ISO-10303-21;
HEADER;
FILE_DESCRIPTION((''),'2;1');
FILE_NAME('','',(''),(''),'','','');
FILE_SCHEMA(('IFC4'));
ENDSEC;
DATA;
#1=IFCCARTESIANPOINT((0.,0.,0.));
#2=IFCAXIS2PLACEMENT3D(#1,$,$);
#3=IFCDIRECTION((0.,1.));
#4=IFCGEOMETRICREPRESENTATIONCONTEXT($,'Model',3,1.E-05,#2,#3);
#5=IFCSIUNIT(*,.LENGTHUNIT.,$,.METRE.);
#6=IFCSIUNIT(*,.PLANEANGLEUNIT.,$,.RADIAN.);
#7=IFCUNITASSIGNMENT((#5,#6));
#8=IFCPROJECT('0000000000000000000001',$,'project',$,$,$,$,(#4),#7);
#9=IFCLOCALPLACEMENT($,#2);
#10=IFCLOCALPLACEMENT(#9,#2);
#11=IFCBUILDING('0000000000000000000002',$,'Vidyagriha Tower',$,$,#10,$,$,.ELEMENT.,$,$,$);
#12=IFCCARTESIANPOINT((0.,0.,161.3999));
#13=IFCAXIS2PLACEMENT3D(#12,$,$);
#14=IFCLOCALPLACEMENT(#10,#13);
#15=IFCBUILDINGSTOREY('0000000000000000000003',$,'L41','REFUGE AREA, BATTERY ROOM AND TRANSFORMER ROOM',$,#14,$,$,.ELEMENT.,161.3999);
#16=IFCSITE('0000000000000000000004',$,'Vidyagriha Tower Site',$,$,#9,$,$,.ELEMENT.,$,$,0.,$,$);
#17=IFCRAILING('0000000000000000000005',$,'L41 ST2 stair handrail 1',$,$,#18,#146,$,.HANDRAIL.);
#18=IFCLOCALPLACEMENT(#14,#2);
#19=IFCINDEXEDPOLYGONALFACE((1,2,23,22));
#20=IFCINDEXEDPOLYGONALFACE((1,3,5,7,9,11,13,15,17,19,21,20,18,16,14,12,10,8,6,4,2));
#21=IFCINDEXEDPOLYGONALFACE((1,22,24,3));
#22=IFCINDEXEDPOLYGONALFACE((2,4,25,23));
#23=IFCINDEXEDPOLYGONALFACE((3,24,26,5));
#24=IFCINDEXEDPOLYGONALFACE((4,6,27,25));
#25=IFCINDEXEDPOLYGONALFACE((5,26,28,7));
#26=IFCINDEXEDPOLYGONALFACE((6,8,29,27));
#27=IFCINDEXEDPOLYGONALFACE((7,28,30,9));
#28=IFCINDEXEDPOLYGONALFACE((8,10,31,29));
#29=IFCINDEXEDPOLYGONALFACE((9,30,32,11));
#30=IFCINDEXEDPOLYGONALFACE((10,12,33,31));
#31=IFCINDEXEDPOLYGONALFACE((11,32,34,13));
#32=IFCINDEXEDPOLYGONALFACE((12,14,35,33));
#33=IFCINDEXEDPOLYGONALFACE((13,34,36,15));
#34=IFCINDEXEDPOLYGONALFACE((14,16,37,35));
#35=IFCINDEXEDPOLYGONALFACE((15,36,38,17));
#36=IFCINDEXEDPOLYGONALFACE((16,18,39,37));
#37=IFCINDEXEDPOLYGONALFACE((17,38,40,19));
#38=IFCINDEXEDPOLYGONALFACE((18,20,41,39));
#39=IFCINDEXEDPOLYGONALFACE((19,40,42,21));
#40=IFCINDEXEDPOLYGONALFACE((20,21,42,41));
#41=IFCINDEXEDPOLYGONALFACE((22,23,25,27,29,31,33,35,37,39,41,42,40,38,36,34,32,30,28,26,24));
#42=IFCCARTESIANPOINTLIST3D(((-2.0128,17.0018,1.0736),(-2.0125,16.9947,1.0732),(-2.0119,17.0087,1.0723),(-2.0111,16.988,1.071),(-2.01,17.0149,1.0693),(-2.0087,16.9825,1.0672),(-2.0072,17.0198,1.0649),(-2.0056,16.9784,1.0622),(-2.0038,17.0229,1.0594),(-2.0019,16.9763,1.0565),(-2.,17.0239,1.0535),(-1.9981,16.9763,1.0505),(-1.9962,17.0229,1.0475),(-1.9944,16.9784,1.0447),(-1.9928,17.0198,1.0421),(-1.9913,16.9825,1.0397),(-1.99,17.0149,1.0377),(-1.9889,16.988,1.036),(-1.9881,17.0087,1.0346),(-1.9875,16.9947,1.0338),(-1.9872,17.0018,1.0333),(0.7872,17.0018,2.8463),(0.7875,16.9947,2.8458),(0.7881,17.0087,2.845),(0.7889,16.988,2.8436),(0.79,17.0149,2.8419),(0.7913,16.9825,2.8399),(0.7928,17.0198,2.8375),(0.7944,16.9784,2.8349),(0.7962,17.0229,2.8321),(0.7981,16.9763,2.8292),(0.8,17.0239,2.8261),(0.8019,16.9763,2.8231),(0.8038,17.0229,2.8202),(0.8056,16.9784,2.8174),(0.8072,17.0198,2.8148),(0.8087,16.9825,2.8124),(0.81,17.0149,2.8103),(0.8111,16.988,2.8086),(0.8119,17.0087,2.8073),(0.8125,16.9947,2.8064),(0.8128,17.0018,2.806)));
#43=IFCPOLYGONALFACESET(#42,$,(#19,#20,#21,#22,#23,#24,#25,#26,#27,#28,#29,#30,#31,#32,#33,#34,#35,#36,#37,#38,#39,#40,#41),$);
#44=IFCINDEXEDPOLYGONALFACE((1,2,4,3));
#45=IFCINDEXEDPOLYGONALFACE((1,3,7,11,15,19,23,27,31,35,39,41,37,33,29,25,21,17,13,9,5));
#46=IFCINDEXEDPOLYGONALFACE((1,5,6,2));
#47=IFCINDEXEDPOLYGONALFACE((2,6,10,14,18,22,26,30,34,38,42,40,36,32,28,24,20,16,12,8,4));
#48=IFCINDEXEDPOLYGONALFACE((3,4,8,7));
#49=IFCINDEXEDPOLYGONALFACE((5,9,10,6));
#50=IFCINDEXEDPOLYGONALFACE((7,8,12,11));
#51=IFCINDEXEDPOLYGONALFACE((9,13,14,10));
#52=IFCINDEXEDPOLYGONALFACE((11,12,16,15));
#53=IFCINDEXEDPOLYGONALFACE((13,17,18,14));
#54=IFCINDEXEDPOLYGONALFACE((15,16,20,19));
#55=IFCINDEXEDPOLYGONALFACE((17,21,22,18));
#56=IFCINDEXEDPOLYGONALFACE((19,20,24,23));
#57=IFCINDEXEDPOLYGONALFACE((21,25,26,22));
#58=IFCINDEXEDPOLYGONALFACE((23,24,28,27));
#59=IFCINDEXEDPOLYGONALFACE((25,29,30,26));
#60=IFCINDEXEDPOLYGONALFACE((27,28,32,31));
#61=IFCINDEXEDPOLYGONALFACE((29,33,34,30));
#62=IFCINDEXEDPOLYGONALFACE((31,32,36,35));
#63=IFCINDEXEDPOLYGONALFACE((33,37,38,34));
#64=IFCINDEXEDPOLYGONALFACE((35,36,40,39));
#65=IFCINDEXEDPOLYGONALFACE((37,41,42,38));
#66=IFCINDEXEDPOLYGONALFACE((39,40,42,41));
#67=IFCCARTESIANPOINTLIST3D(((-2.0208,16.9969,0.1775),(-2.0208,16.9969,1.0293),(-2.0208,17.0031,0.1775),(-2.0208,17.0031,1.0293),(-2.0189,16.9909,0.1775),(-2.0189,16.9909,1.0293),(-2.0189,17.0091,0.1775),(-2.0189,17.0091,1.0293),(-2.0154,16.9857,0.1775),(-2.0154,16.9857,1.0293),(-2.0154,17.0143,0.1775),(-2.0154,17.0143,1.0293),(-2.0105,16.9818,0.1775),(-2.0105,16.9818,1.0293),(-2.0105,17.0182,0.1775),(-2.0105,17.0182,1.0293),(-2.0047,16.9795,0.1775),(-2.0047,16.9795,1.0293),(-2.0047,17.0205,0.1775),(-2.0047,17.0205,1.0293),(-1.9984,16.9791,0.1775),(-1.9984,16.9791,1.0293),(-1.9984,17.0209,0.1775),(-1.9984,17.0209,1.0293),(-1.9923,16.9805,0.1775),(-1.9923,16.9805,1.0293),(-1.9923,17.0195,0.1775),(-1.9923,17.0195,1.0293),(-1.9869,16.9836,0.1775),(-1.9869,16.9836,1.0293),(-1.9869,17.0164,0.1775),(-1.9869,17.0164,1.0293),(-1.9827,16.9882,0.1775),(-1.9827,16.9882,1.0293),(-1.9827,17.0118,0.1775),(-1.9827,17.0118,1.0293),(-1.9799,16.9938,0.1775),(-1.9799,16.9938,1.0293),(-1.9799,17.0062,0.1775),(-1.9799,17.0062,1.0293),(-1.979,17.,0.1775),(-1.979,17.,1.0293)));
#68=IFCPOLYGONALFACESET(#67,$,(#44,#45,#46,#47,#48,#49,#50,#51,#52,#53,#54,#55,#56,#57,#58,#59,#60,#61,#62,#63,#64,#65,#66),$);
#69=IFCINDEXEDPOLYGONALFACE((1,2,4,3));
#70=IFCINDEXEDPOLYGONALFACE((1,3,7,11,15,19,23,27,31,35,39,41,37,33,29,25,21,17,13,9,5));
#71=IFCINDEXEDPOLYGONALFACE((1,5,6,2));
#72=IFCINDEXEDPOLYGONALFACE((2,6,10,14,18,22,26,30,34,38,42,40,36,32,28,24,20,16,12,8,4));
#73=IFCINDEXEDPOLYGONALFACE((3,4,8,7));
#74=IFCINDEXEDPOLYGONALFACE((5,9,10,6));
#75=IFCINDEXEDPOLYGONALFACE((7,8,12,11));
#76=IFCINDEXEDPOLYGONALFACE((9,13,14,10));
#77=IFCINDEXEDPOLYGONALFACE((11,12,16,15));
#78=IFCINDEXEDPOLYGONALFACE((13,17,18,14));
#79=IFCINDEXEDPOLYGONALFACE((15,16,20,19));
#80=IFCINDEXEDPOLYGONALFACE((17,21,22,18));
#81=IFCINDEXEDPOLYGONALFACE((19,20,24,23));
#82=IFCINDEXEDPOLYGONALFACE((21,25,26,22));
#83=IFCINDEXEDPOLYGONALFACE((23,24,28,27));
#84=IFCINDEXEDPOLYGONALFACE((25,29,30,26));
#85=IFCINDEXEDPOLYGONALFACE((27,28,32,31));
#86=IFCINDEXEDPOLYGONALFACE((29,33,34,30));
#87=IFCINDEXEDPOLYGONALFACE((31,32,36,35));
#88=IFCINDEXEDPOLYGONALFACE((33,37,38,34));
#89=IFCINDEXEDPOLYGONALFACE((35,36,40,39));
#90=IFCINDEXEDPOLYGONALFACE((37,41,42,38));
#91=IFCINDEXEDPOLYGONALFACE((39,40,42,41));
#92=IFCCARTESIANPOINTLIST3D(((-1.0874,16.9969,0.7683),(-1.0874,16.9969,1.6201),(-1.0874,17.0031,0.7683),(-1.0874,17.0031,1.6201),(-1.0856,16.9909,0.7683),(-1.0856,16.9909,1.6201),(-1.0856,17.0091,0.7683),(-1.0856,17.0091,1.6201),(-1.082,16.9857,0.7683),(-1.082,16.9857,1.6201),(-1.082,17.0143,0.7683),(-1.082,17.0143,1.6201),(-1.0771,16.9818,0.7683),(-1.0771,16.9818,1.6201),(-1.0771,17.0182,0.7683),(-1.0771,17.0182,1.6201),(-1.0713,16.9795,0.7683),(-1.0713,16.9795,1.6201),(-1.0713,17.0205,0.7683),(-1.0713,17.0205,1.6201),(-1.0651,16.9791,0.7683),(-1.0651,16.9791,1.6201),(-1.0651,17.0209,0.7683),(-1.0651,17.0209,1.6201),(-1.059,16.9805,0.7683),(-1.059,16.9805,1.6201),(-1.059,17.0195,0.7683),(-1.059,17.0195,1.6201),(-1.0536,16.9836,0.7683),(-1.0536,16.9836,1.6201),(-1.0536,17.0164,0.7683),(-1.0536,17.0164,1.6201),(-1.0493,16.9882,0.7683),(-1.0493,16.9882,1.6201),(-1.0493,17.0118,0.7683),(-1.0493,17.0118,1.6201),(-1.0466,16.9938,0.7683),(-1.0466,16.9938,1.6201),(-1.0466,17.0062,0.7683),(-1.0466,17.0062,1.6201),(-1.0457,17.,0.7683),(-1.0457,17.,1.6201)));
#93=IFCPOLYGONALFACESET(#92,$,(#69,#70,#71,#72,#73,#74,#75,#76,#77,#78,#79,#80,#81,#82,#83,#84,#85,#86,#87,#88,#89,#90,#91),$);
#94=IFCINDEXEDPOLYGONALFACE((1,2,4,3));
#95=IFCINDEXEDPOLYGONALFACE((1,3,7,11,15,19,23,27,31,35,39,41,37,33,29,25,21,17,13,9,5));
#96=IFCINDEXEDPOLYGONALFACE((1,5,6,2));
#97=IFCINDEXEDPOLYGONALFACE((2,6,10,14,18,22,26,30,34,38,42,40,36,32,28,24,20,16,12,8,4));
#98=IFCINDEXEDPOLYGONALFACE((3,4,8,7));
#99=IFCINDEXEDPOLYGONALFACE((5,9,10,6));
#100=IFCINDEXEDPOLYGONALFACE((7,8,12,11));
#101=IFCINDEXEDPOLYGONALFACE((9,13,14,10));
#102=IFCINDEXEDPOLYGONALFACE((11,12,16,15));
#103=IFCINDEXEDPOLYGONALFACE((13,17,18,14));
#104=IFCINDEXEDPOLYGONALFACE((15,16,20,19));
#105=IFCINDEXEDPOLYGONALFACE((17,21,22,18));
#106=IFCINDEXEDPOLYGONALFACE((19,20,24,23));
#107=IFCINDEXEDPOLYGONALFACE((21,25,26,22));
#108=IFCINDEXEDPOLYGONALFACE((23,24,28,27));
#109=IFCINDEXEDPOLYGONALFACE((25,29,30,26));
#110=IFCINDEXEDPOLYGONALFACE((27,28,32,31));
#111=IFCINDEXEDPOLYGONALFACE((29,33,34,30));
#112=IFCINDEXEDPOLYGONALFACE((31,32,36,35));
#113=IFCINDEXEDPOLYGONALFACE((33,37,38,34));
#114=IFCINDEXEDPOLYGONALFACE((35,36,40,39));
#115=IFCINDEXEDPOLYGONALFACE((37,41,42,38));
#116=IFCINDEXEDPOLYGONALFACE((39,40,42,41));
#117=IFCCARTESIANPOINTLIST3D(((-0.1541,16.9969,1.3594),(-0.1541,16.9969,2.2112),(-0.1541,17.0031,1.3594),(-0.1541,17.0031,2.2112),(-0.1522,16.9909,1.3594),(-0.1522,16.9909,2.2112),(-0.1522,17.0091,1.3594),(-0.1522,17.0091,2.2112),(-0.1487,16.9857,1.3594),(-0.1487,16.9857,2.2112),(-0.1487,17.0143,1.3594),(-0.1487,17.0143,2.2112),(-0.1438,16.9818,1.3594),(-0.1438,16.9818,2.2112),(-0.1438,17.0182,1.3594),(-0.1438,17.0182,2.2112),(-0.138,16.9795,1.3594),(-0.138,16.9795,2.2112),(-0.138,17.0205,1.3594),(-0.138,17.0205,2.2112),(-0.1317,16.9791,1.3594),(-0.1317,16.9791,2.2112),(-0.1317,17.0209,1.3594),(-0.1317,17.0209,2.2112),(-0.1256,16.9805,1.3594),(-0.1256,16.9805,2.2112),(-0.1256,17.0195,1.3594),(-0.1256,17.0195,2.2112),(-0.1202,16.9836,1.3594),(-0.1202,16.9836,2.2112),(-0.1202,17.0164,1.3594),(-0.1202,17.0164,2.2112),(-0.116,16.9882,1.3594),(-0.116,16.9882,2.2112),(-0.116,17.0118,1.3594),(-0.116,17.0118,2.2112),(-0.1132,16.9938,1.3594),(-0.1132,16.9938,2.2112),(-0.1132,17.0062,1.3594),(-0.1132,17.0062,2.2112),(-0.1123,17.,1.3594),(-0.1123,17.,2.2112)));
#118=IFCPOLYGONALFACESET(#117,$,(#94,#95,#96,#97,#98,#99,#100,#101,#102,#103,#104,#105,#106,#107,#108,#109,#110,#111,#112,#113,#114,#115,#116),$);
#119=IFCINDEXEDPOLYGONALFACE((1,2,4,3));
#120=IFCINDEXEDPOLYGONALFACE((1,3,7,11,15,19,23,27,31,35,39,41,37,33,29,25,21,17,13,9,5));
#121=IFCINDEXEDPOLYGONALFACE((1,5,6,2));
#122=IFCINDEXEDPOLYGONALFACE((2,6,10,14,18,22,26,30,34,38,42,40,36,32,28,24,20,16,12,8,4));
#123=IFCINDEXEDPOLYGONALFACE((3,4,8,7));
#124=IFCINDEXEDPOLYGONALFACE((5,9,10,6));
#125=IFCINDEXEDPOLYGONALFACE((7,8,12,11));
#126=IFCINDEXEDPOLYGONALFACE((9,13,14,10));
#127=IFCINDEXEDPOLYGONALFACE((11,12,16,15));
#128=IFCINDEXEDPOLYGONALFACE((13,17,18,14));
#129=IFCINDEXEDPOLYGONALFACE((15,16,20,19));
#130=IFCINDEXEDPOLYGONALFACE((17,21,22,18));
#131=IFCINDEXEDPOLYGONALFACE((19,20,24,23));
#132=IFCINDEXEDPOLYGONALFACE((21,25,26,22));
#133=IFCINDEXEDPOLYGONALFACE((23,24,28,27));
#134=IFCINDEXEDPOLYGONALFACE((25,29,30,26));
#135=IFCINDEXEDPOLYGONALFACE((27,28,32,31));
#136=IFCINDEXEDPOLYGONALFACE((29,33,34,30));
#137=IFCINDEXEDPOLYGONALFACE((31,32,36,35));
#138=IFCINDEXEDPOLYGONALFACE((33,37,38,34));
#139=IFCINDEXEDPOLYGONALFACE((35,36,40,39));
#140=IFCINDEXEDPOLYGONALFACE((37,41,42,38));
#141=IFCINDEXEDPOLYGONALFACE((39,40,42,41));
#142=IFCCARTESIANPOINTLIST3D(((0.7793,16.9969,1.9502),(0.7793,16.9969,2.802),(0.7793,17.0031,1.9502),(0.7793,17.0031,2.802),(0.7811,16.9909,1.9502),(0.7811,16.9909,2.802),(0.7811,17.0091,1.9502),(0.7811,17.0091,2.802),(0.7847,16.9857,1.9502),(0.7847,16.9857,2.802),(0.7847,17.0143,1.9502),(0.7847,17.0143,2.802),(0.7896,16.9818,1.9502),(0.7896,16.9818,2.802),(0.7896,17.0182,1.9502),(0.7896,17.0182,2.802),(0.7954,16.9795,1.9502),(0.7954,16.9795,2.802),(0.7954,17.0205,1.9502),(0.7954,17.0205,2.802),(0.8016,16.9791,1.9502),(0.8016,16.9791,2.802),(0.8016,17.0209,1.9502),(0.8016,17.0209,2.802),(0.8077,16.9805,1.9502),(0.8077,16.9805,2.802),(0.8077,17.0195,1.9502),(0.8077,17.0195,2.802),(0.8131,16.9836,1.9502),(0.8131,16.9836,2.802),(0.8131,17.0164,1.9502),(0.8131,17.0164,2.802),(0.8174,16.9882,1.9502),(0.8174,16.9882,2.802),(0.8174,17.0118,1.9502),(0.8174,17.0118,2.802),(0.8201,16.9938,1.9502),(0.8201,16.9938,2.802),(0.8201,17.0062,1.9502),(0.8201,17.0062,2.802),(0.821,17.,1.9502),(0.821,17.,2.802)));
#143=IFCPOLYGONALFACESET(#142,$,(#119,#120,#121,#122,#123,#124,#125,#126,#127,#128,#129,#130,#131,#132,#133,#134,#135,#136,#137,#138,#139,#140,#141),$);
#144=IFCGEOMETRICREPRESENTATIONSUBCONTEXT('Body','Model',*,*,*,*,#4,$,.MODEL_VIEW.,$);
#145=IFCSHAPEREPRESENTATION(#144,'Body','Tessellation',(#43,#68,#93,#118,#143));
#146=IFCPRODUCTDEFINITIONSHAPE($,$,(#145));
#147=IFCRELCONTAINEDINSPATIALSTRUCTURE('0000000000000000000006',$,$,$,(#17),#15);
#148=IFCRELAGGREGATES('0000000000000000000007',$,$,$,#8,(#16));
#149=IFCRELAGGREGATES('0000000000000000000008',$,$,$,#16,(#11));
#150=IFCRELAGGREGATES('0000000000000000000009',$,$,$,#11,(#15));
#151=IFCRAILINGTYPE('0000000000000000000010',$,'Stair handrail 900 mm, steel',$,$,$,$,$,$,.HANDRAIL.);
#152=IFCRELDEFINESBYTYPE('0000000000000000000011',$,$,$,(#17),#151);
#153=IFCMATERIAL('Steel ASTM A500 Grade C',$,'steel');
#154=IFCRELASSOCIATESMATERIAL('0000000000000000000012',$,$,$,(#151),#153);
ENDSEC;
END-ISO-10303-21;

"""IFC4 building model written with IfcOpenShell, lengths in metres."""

from ifc_helpers import new_model, si_unit, direction, frame, origin, origin_2d, place, context, subcontext, project, spatial, circle, extrude, material, type_object, element, save


model = new_model("IFC4")

# Units and contexts
model_context = context("Model", 3, precision=1e-05, world=origin(), true_north=direction((0.0, 1.0)))
body_context = subcontext(model_context, "Body", "Model", "MODEL_VIEW")
ifc_project = project(units=[si_unit("LENGTHUNIT", "METRE"), si_unit("PLANEANGLEUNIT", "RADIAN")], contexts=[model_context])

# Site, building, storey
site_placement = place(None, origin())
site = spatial("IfcSite", under=ifc_project, at=site_placement, Name="Vidyagriha Tower Site", CompositionType="ELEMENT", RefElevation=0.0)
building_placement = place(site_placement, origin())
building = spatial("IfcBuilding", under=site, at=building_placement, Name="Vidyagriha Tower", CompositionType="ELEMENT")
storey_placement = place(building_placement, frame((0.0, 0.0, 161.3999)))
storey = spatial("IfcBuildingStorey", under=building, at=storey_placement, Name="L41", Description="REFUGE AREA, BATTERY ROOM AND TRANSFORMER ROOM", CompositionType="ELEMENT", Elevation=161.3999)

# Railing
ifc_material_1 = material(Name="Steel ASTM A500 Grade C", Category="steel")
railing_type_1 = type_object("IfcRailingType", Name="Stair handrail 900 mm, steel", PredefinedType="HANDRAIL", material=ifc_material_1)
railing_1_placement = place(storey_placement, frame((-2.0, 17.0, 0.1775)))
element("IfcRailing", 1, at=railing_1_placement, inside=storey, type_object=railing_type_1, Name="L41 ST2 stair handrail 1", PredefinedType="HANDRAIL", context=body_context, shape_type="SweptSolid", body=[
    extrude(circle(Radius=0.0239, at=origin_2d()), frame((0.0, 0.0, 0.876), z_axis=(0.844909, 0.0, 0.53491), x_axis=(0.0, 1.0, 0.0)), (0.0, 0.0, 1.0), 3.314),
    extrude(circle(Radius=0.021, at=origin_2d()), origin(), (0.0, 0.0, 1.0), 0.8518),
    extrude(circle(Radius=0.021, at=origin_2d()), frame((0.9333, 0.0, 0.5908)), (0.0, 0.0, 1.0), 0.8518),
    extrude(circle(Radius=0.021, at=origin_2d()), frame((1.8667, 0.0, 1.1819)), (0.0, 0.0, 1.0), 0.8518),
    extrude(circle(Radius=0.021, at=origin_2d()), frame((2.8, 0.0, 1.7727)), (0.0, 0.0, 1.0), 0.8518),
])

save(model, "model.ifc")
